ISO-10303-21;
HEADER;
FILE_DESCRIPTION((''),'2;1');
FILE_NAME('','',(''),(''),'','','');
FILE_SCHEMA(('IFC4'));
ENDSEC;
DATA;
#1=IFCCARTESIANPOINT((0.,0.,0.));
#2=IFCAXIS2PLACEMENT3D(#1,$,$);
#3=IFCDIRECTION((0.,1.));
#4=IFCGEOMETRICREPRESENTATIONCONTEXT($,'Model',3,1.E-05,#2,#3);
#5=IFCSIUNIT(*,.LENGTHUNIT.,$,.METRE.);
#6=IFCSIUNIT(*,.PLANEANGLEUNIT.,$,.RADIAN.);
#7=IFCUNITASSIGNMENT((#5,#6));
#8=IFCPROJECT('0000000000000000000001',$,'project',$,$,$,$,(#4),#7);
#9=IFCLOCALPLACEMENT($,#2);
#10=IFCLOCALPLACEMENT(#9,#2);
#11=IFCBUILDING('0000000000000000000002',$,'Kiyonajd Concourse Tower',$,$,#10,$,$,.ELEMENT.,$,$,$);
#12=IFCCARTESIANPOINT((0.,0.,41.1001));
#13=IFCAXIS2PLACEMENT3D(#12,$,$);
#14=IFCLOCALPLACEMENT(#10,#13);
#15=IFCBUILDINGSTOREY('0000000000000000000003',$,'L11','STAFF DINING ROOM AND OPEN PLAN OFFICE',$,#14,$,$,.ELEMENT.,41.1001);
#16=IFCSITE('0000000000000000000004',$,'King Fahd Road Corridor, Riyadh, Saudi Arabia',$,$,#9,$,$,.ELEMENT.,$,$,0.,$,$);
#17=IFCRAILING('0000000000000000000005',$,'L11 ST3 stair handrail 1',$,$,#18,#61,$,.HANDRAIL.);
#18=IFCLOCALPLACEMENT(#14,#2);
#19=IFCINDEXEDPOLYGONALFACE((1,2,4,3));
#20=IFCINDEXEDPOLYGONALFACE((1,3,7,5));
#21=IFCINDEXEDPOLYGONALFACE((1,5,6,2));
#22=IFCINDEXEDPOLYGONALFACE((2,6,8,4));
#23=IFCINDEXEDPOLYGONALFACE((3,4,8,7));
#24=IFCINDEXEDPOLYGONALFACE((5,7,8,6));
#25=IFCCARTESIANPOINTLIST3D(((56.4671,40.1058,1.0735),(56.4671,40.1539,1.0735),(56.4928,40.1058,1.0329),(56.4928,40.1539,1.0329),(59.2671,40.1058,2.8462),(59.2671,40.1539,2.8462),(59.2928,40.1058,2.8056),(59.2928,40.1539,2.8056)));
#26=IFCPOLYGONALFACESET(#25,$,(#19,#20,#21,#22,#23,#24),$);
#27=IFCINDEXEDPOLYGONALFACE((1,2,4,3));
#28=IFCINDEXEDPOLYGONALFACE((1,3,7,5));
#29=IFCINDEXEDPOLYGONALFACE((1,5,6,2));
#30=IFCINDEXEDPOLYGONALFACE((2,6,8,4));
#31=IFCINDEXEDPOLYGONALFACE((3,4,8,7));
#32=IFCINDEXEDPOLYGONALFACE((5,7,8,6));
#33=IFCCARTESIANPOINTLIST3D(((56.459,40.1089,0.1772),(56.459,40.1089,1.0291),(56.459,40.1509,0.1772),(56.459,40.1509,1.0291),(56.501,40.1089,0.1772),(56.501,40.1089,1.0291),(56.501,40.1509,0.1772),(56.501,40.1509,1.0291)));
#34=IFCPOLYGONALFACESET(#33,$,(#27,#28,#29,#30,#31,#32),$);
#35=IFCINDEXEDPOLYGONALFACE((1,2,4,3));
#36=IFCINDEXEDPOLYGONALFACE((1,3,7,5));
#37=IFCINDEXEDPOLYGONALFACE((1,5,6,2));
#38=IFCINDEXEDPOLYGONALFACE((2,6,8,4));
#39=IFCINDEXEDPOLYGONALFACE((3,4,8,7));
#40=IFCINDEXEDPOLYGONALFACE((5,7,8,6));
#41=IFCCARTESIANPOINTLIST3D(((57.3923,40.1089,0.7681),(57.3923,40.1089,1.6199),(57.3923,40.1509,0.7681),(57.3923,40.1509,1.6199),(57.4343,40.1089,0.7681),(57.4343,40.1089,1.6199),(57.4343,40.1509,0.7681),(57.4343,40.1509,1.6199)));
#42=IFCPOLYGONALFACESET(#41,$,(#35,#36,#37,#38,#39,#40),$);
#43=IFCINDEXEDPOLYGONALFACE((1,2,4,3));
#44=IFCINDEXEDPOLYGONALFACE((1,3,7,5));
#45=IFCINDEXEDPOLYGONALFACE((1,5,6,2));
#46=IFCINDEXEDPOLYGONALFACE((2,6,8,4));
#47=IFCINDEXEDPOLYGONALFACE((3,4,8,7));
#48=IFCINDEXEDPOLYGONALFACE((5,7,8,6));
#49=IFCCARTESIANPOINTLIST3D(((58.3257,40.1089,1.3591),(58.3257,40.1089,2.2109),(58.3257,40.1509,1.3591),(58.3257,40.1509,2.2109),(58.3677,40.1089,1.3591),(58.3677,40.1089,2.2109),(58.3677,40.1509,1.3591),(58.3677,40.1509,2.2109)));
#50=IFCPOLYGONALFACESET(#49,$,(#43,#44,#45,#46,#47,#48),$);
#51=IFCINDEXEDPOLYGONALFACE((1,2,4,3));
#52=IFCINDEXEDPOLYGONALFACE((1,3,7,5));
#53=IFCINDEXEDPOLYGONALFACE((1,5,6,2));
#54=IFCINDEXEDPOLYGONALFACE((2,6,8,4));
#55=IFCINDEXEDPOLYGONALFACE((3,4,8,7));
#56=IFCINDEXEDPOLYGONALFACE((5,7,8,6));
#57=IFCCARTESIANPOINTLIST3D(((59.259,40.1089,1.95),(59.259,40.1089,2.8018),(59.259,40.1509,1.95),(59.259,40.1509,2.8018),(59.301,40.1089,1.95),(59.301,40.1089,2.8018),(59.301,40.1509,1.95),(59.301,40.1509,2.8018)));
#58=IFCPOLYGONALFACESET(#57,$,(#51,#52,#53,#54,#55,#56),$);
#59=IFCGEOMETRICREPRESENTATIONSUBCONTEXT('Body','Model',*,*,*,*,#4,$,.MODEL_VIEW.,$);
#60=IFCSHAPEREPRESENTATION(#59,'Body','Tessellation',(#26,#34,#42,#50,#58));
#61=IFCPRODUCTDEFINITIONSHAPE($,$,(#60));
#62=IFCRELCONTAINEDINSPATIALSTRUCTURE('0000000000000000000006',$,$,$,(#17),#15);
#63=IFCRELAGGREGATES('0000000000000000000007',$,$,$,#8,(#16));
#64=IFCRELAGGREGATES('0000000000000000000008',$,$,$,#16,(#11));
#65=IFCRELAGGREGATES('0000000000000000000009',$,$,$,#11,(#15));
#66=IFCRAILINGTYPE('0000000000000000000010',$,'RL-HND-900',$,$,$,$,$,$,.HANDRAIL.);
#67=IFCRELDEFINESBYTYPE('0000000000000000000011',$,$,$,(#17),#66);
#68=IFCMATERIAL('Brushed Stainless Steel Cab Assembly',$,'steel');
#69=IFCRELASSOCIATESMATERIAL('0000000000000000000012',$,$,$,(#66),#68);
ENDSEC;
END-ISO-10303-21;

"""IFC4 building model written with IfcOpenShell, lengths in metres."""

from ifc_helpers import new_model, si_unit, direction, frame, origin, origin_2d, place, context, subcontext, project, spatial, rectangle, extrude, material, type_object, element, save


model = new_model("IFC4")

# Units and contexts
model_context = context("Model", 3, precision=1e-05, world=origin(), true_north=direction((0.0, 1.0)))
body_context = subcontext(model_context, "Body", "Model", "MODEL_VIEW")
ifc_project = project(units=[si_unit("LENGTHUNIT", "METRE"), si_unit("PLANEANGLEUNIT", "RADIAN")], contexts=[model_context])

# Site, building, storey
site_placement = place(None, origin())
site = spatial("IfcSite", under=ifc_project, at=site_placement, Name="King Fahd Road Corridor, Riyadh, Saudi Arabia", CompositionType="ELEMENT", RefElevation=0.0)
building_placement = place(site_placement, origin())
building = spatial("IfcBuilding", under=site, at=building_placement, Name="Kiyonajd Concourse Tower", CompositionType="ELEMENT")
storey_placement = place(building_placement, frame((0.0, 0.0, 41.1001)))
storey = spatial("IfcBuildingStorey", under=building, at=storey_placement, Name="L11", Description="STAFF DINING ROOM AND OPEN PLAN OFFICE", CompositionType="ELEMENT", Elevation=41.1001)

# Shared definitions
ifc_material_1 = material(Name="Brushed Stainless Steel Cab Assembly", Category="steel")

# Railing
railing_type_1 = type_object("IfcRailingType", Name="RL-HND-900", PredefinedType="HANDRAIL", material=ifc_material_1)
railing_1_placement = place(storey_placement, frame((56.48, 40.1299, 0.1772)))
element("IfcRailing", 1, at=railing_1_placement, inside=storey, type_object=railing_type_1, Name="L11 ST3 stair handrail 1", PredefinedType="HANDRAIL", context=body_context, shape_type="SweptSolid", body=[
    extrude(rectangle(XDim=0.0481, YDim=0.0481, at=origin_2d()), frame((0.0, 0.0, 0.876), z_axis=(0.844909, 0.0, 0.53491), x_axis=(0.0, 1.0, 0.0)), (0.0, 0.0, 1.0), 3.314),
    extrude(rectangle(XDim=0.042, YDim=0.042, at=origin_2d()), origin(), (0.0, 0.0, 1.0), 0.8518),
    extrude(rectangle(XDim=0.042, YDim=0.042, at=origin_2d()), frame((0.9333, 0.0, 0.5908)), (0.0, 0.0, 1.0), 0.8518),
    extrude(rectangle(XDim=0.042, YDim=0.042, at=origin_2d()), frame((1.8667, 0.0, 1.1819)), (0.0, 0.0, 1.0), 0.8518),
    extrude(rectangle(XDim=0.042, YDim=0.042, at=origin_2d()), frame((2.8, 0.0, 1.7727)), (0.0, 0.0, 1.0), 0.8518),
])

save(model, "model.ifc")
